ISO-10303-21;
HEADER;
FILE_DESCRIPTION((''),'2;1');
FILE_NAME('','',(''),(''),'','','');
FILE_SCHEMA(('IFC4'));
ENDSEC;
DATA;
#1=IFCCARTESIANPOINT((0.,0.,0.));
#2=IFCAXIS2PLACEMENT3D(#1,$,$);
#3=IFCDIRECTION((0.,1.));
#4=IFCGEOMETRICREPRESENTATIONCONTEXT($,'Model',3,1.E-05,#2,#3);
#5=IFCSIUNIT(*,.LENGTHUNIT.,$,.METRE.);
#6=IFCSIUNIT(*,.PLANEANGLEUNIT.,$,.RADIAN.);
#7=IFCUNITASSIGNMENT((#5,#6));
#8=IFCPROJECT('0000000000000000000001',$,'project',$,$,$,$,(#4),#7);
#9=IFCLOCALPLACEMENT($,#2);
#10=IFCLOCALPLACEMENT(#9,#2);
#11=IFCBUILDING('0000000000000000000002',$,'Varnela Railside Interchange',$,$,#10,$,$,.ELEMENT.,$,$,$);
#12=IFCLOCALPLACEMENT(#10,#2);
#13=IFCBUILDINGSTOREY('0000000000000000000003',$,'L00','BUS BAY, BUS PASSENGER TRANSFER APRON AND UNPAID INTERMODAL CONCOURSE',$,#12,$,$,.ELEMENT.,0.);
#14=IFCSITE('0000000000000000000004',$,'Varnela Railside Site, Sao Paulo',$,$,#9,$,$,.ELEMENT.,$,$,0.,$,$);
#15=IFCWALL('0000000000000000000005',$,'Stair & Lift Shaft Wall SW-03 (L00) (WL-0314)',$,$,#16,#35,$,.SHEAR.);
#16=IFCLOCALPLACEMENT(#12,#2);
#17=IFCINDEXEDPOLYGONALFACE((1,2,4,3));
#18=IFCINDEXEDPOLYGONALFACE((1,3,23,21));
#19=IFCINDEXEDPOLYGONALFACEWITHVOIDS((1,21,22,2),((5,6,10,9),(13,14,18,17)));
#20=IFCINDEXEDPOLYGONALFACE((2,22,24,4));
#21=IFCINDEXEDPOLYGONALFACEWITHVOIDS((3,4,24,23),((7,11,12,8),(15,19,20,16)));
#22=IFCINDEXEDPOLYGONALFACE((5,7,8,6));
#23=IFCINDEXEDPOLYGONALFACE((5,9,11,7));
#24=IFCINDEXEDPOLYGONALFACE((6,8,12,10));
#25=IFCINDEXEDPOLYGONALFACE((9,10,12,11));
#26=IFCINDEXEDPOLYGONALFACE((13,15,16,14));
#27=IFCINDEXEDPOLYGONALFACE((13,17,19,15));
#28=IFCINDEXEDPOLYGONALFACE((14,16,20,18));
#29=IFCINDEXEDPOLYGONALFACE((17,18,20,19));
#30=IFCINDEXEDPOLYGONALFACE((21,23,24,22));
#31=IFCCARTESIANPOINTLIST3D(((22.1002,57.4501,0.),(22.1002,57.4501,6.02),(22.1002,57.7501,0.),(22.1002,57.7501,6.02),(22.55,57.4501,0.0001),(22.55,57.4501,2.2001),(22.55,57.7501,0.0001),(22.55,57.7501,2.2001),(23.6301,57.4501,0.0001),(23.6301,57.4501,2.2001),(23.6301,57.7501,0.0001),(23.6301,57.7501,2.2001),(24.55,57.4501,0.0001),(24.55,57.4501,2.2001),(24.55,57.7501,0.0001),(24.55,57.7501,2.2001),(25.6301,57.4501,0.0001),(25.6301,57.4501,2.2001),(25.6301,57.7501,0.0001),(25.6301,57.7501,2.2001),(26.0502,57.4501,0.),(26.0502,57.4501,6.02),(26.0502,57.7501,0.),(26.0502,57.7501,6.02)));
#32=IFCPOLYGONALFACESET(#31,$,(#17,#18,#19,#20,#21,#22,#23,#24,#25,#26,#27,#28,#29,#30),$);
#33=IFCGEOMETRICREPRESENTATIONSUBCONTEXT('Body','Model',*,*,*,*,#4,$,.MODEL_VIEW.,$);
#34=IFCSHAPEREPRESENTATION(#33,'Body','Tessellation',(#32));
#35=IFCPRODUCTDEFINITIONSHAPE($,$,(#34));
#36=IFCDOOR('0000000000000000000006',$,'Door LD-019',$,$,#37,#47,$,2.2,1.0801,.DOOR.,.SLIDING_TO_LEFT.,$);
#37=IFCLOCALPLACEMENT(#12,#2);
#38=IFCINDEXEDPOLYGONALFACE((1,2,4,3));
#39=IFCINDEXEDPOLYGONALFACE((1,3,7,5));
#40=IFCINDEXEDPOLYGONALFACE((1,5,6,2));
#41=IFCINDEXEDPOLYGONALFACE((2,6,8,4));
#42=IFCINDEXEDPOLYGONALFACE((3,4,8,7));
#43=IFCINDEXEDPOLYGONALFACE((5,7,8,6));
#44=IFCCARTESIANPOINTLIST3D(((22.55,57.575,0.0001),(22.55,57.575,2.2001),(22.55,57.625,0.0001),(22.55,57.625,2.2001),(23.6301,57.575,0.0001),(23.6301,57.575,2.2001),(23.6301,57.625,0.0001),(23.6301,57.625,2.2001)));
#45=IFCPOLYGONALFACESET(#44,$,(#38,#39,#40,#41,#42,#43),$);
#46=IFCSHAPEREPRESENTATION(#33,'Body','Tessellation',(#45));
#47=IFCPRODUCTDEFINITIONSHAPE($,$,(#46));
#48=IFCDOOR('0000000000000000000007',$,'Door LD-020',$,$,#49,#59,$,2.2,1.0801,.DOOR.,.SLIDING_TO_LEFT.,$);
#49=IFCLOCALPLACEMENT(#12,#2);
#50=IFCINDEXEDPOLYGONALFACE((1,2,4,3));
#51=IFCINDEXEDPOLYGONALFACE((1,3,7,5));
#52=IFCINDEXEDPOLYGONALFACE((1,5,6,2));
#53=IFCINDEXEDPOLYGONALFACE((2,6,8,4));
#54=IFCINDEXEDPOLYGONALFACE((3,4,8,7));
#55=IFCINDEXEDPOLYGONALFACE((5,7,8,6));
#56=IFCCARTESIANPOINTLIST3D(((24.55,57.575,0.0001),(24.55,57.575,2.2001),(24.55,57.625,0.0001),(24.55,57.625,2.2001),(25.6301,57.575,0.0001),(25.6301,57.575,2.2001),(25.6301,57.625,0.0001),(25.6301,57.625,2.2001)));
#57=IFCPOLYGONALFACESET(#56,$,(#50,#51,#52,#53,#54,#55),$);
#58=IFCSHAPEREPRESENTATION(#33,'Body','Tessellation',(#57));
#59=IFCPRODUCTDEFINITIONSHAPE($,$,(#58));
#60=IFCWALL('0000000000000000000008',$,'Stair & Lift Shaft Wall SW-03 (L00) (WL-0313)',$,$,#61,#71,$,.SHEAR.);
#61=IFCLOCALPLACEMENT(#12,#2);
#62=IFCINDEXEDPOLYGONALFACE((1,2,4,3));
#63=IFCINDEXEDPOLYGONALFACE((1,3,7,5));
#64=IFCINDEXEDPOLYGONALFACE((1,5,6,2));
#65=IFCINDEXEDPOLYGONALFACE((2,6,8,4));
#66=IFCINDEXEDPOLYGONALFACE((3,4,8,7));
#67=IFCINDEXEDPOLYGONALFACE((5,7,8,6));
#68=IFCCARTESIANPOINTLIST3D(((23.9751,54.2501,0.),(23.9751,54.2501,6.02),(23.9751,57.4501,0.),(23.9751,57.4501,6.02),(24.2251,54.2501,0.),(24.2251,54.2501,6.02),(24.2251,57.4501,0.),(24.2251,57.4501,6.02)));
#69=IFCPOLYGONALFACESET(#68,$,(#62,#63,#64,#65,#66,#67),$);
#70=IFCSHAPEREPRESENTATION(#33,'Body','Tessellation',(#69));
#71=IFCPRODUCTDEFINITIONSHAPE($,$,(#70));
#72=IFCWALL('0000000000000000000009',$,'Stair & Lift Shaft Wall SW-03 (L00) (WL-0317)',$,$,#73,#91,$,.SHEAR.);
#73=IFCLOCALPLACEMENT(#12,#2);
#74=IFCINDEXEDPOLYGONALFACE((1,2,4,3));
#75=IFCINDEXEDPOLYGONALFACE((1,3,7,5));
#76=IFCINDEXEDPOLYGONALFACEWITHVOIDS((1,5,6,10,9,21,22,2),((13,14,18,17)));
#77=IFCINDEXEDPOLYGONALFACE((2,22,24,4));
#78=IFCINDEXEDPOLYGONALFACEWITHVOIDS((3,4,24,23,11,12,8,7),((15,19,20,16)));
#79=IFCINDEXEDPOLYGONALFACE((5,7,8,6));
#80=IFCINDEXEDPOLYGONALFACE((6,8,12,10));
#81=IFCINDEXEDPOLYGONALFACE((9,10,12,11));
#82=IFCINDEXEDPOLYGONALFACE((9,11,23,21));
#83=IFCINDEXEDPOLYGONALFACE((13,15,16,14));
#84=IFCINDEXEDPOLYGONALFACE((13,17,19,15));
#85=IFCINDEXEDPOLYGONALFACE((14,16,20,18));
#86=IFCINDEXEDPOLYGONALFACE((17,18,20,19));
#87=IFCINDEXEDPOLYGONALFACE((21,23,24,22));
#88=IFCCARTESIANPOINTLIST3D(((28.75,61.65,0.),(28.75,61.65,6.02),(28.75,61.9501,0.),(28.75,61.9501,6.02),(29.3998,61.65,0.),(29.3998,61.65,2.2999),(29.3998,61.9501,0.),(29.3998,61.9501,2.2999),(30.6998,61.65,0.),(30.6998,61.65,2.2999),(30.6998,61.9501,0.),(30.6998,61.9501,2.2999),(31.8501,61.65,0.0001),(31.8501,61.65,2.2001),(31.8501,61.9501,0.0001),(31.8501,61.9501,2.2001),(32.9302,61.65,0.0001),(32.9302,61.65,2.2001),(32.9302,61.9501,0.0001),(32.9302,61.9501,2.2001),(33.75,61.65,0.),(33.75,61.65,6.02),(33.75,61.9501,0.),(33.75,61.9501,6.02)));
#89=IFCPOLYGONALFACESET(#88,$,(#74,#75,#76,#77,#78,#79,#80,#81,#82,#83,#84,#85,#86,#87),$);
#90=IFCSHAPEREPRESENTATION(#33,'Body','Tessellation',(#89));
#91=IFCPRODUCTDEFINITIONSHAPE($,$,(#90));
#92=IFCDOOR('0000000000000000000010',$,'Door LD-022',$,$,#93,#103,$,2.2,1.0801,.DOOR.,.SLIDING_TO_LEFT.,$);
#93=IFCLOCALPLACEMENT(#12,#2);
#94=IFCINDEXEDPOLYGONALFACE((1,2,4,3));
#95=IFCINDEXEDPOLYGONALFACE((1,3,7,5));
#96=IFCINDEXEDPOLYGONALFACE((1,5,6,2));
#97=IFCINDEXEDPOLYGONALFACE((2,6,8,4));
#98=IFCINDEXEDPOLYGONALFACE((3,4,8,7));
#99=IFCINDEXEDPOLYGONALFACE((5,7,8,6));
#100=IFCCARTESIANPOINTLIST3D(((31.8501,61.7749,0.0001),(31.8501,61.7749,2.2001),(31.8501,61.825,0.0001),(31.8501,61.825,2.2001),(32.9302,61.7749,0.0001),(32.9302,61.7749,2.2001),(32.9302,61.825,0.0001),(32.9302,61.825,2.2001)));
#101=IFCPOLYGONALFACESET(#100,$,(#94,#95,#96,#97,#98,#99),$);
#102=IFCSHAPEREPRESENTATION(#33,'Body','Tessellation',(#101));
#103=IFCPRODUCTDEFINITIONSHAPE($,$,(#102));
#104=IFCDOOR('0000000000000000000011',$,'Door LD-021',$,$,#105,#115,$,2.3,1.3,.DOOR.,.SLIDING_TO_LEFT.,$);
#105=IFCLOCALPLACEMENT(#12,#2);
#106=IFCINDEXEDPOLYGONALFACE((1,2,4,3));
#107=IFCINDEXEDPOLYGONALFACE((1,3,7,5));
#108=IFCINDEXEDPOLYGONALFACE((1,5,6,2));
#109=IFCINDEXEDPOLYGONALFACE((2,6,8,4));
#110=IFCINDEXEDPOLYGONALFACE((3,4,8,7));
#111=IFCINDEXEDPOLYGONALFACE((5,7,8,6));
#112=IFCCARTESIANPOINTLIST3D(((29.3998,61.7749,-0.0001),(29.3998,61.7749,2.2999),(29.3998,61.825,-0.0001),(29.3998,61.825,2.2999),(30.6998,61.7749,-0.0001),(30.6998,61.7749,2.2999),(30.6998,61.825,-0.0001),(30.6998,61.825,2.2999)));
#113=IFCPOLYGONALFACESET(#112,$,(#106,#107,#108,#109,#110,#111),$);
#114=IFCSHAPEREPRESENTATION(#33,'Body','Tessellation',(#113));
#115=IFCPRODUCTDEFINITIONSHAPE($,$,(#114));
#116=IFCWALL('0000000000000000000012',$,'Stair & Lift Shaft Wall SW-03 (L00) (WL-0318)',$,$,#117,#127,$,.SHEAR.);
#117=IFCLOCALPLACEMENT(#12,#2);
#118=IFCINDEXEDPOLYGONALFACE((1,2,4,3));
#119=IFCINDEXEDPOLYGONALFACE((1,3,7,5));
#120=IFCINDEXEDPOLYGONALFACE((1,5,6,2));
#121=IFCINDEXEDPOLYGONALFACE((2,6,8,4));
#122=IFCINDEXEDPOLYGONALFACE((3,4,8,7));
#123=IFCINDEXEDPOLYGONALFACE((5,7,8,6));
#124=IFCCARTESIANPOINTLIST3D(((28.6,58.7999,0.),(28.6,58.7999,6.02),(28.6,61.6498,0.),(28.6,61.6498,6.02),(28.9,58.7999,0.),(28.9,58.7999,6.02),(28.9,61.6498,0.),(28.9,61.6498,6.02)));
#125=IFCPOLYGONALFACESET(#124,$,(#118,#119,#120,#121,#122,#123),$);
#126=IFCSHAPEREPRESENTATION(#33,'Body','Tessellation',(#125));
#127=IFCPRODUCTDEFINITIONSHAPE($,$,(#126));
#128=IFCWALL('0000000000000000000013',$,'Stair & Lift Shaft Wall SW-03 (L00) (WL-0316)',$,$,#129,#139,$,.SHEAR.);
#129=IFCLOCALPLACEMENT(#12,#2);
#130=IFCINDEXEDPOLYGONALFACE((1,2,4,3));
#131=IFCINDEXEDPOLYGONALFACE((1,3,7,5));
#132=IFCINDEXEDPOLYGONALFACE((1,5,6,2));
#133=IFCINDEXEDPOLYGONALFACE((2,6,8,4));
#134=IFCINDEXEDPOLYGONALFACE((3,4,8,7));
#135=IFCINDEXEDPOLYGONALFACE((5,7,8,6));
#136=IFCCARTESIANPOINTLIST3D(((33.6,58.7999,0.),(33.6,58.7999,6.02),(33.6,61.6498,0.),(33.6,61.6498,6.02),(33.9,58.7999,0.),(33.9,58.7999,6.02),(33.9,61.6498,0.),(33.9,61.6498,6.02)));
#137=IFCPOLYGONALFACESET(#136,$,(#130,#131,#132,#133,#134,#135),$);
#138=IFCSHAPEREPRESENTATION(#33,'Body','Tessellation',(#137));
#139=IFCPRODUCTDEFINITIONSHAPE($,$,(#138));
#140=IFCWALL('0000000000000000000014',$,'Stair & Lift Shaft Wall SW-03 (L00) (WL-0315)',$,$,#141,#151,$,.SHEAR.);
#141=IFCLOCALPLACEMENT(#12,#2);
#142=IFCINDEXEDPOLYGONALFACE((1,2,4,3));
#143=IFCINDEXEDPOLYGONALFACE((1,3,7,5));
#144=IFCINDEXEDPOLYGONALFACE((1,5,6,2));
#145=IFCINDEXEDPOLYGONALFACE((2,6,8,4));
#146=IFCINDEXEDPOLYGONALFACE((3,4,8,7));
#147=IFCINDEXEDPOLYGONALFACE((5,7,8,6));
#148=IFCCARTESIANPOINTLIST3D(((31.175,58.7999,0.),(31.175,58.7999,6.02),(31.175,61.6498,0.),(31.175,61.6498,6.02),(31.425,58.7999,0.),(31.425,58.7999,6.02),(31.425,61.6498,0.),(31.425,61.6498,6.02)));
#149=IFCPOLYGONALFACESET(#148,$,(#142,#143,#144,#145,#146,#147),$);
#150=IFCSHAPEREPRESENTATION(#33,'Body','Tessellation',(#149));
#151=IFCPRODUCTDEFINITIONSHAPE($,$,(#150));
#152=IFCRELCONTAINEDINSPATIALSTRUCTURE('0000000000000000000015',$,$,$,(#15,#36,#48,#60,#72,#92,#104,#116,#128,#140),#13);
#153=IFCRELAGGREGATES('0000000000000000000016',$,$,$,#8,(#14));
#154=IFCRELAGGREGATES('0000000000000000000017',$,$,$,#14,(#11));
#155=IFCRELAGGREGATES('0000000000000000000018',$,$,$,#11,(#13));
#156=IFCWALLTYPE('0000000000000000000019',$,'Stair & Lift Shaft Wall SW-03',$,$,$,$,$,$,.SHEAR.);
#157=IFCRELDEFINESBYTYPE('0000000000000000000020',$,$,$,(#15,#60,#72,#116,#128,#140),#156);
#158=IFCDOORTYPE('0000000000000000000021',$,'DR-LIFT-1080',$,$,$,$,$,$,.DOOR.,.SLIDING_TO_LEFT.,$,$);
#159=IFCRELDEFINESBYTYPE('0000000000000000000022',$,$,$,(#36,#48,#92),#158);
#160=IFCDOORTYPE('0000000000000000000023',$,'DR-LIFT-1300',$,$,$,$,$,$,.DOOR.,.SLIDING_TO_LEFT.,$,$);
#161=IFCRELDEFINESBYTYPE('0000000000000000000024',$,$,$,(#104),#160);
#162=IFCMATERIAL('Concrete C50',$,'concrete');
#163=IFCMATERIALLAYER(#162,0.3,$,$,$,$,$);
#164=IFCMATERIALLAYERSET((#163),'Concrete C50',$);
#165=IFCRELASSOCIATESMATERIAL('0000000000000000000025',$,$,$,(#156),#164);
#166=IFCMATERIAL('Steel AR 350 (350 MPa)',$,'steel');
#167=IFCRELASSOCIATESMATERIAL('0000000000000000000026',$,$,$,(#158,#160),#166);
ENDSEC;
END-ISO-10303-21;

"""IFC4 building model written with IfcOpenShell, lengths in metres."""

from ifc_helpers import new_model, si_unit, direction, frame, frame_2d, origin, place, context, subcontext, project, spatial, rectangle, extrude, material, layer, layer_set, type_object, element, fill, save


model = new_model("IFC4")

# Units and contexts
model_context = context("Model", 3, precision=1e-05, world=origin(), true_north=direction((0.0, 1.0)))
body_context = subcontext(model_context, "Body", "Model", "MODEL_VIEW")
ifc_project = project(units=[si_unit("LENGTHUNIT", "METRE"), si_unit("PLANEANGLEUNIT", "RADIAN")], contexts=[model_context])

# Site, building, storey
site_placement = place(None, origin())
site = spatial("IfcSite", under=ifc_project, at=site_placement, Name="Varnela Railside Site, Sao Paulo", CompositionType="ELEMENT", RefElevation=0.0)
building_placement = place(site_placement, origin())
building = spatial("IfcBuilding", under=site, at=building_placement, Name="Varnela Railside Interchange", CompositionType="ELEMENT")
storey_placement = place(building_placement, origin())
storey = spatial("IfcBuildingStorey", under=building, at=storey_placement, Name="L00", Description="BUS BAY, BUS PASSENGER TRANSFER APRON AND UNPAID INTERMODAL CONCOURSE", CompositionType="ELEMENT", Elevation=0.0)

# Shared definitions
ifc_material_1 = material(Name="Steel AR 350 (350 MPa)", Category="steel")

# Shared definitions
ifc_material_2 = material(Name="Concrete C50", Category="concrete")
ifc_layer_1 = layer(ifc_material_2, 0.3)
ifc_layer_set_1 = layer_set([ifc_layer_1], Name="Concrete C50")
wall_type_1 = type_object("IfcWallType", Name="Stair & Lift Shaft Wall SW-03", PredefinedType="SHEAR", material=ifc_layer_set_1)

# Wall, openings, doors
wall_1_placement = place(storey_placement, frame((22.1001, 57.6001, 0.0), z_axis=(0.0, 0.0, 1.0), x_axis=(1.0, 0.0, 0.0)))
wall_1 = element("IfcWall", 1, at=wall_1_placement, inside=storey, type_object=wall_type_1, Name="Stair & Lift Shaft Wall SW-03 (L00) (WL-0314)", PredefinedType="SHEAR", context=body_context, shape_type="SweptSolid", body=[
    extrude(rectangle(XDim=3.95, YDim=0.3, at=frame_2d((1.9751, 0.0))), origin(), (0.0, 0.0, 1.0), 6.02),
])
opening_1_placement = place(wall_1_placement, frame((0.45, 0.0, 0.0)))
opening_1 = element("IfcOpeningElement", 2, at=opening_1_placement, cuts=wall_1, PredefinedType="OPENING", context=body_context, shape_type="SweptSolid", body=[
    extrude(rectangle(XDim=1.0801, YDim=2.2, at=frame_2d((0.54, 1.1001))), frame((0.0, 0.1599, 0.0), z_axis=(0.0, -1.0, 0.0), x_axis=(1.0, 0.0, 0.0)), (0.0, 0.0, 1.0), 0.3201),
])
opening_2_placement = place(wall_1_placement, frame((2.45, 0.0, 0.0)))
opening_2 = element("IfcOpeningElement", 3, at=opening_2_placement, cuts=wall_1, PredefinedType="OPENING", context=body_context, shape_type="SweptSolid", body=[
    extrude(rectangle(XDim=1.0801, YDim=2.2, at=frame_2d((0.54, 1.1001))), frame((0.0, 0.1599, 0.0), z_axis=(0.0, -1.0, 0.0), x_axis=(1.0, 0.0, 0.0)), (0.0, 0.0, 1.0), 0.3201),
])
door_type_1 = type_object("IfcDoorType", Name="DR-LIFT-1080", OperationType="SLIDING_TO_LEFT", PredefinedType="DOOR", material=ifc_material_1)
door_1_placement = place(opening_1_placement, origin())
door_1 = element("IfcDoor", 4, at=door_1_placement, inside=storey, type_object=door_type_1, Name="Door LD-019", OperationType="SLIDING_TO_LEFT", OverallHeight=2.2, OverallWidth=1.0801, PredefinedType="DOOR", context=body_context, shape_type="SweptSolid", body=[
    extrude(rectangle(XDim=1.0801, YDim=2.2, at=frame_2d((0.54, 1.1001))), frame((0.0, 0.0249, 0.0), z_axis=(0.0, -1.0, 0.0), x_axis=(1.0, 0.0, 0.0)), (0.0, 0.0, 1.0), 0.05),
])
fill(opening_1, door_1)
door_2_placement = place(opening_2_placement, origin())
door_2 = element("IfcDoor", 5, at=door_2_placement, inside=storey, type_object=door_type_1, Name="Door LD-020", OperationType="SLIDING_TO_LEFT", OverallHeight=2.2, OverallWidth=1.0801, PredefinedType="DOOR", context=body_context, shape_type="SweptSolid", body=[
    extrude(rectangle(XDim=1.0801, YDim=2.2, at=frame_2d((0.54, 1.1001))), frame((0.0, 0.0249, 0.0), z_axis=(0.0, -1.0, 0.0), x_axis=(1.0, 0.0, 0.0)), (0.0, 0.0, 1.0), 0.05),
])
fill(opening_2, door_2)

# Wall
wall_2_placement = place(storey_placement, frame((24.1001, 54.25, 0.0), z_axis=(0.0, 0.0, 1.0), x_axis=(0.0, 1.0, 0.0)))
element("IfcWall", 6, at=wall_2_placement, inside=storey, type_object=wall_type_1, Name="Stair & Lift Shaft Wall SW-03 (L00) (WL-0313)", PredefinedType="SHEAR", context=body_context, shape_type="SweptSolid", body=[
    extrude(rectangle(XDim=3.2, YDim=0.25, at=frame_2d((1.6001, 0.0))), origin(), (0.0, 0.0, 1.0), 6.02),
])

# Wall, openings, doors
wall_3_placement = place(storey_placement, frame((28.75, 61.8, 0.0), z_axis=(0.0, 0.0, 1.0), x_axis=(1.0, 0.0, 0.0)))
wall_3 = element("IfcWall", 7, at=wall_3_placement, inside=storey, type_object=wall_type_1, Name="Stair & Lift Shaft Wall SW-03 (L00) (WL-0317)", PredefinedType="SHEAR", context=body_context, shape_type="SweptSolid", body=[
    extrude(rectangle(XDim=5.0, YDim=0.3, at=frame_2d((2.5, 0.0))), origin(), (0.0, 0.0, 1.0), 6.02),
])
opening_3_placement = place(wall_3_placement, frame((0.6499, 0.0, 0.0)))
opening_3 = element("IfcOpeningElement", 8, at=opening_3_placement, cuts=wall_3, PredefinedType="OPENING", context=body_context, shape_type="SweptSolid", body=[
    extrude(rectangle(XDim=1.3, YDim=2.3, at=frame_2d((0.6499, 1.1499))), frame((0.0, 0.1599, 0.0), z_axis=(0.0, -1.0, 0.0), x_axis=(1.0, 0.0, 0.0)), (0.0, 0.0, 1.0), 0.3201),
])
opening_4_placement = place(wall_3_placement, frame((3.1001, 0.0, 0.0)))
opening_4 = element("IfcOpeningElement", 9, at=opening_4_placement, cuts=wall_3, PredefinedType="OPENING", context=body_context, shape_type="SweptSolid", body=[
    extrude(rectangle(XDim=1.0801, YDim=2.2, at=frame_2d((0.54, 1.1001))), frame((0.0, 0.1599, 0.0), z_axis=(0.0, -1.0, 0.0), x_axis=(1.0, 0.0, 0.0)), (0.0, 0.0, 1.0), 0.3201),
])
door_3_placement = place(opening_4_placement, origin())
door_3 = element("IfcDoor", 10, at=door_3_placement, inside=storey, type_object=door_type_1, Name="Door LD-022", OperationType="SLIDING_TO_LEFT", OverallHeight=2.2, OverallWidth=1.0801, PredefinedType="DOOR", context=body_context, shape_type="SweptSolid", body=[
    extrude(rectangle(XDim=1.0801, YDim=2.2, at=frame_2d((0.54, 1.1001))), frame((0.0, 0.0249, 0.0), z_axis=(0.0, -1.0, 0.0), x_axis=(1.0, 0.0, 0.0)), (0.0, 0.0, 1.0), 0.05),
])
fill(opening_4, door_3)
door_type_2 = type_object("IfcDoorType", Name="DR-LIFT-1300", OperationType="SLIDING_TO_LEFT", PredefinedType="DOOR", material=ifc_material_1)
door_4_placement = place(opening_3_placement, origin())
door_4 = element("IfcDoor", 11, at=door_4_placement, inside=storey, type_object=door_type_2, Name="Door LD-021", OperationType="SLIDING_TO_LEFT", OverallHeight=2.3, OverallWidth=1.3, PredefinedType="DOOR", context=body_context, shape_type="SweptSolid", body=[
    extrude(rectangle(XDim=1.3, YDim=2.3, at=frame_2d((0.6499, 1.1499))), frame((0.0, 0.0249, 0.0), z_axis=(0.0, -1.0, 0.0), x_axis=(1.0, 0.0, 0.0)), (0.0, 0.0, 1.0), 0.05),
])
fill(opening_3, door_4)

# Walls
for number, where, z_axis, x_axis, name in (
    (12, (28.75, 58.8, 0.0), (0.0, 0.0, 1.0), (0.0, 1.0, 0.0), "Stair & Lift Shaft Wall SW-03 (L00) (WL-0318)"),
    (13, (33.75, 58.8, 0.0), (0.0, 0.0, 1.0), (0.0, 1.0, 0.0), "Stair & Lift Shaft Wall SW-03 (L00) (WL-0316)"),
):
    element("IfcWall", number, at=place(storey_placement, frame(where, z_axis=z_axis, x_axis=x_axis)), inside=storey, type_object=wall_type_1, Name=name, PredefinedType="SHEAR", context=body_context, shape_type="SweptSolid", body=[
        extrude(rectangle(XDim=2.8499, YDim=0.3, at=frame_2d((1.4248, 0.0))), origin(), (0.0, 0.0, 1.0), 6.02),
    ])
wall_4_placement = place(storey_placement, frame((31.3, 58.8, 0.0), z_axis=(0.0, 0.0, 1.0), x_axis=(0.0, 1.0, 0.0)))
element("IfcWall", 14, at=wall_4_placement, inside=storey, type_object=wall_type_1, Name="Stair & Lift Shaft Wall SW-03 (L00) (WL-0315)", PredefinedType="SHEAR", context=body_context, shape_type="SweptSolid", body=[
    extrude(rectangle(XDim=2.8499, YDim=0.25, at=frame_2d((1.4248, 0.0))), origin(), (0.0, 0.0, 1.0), 6.02),
])

save(model, "model.ifc")
